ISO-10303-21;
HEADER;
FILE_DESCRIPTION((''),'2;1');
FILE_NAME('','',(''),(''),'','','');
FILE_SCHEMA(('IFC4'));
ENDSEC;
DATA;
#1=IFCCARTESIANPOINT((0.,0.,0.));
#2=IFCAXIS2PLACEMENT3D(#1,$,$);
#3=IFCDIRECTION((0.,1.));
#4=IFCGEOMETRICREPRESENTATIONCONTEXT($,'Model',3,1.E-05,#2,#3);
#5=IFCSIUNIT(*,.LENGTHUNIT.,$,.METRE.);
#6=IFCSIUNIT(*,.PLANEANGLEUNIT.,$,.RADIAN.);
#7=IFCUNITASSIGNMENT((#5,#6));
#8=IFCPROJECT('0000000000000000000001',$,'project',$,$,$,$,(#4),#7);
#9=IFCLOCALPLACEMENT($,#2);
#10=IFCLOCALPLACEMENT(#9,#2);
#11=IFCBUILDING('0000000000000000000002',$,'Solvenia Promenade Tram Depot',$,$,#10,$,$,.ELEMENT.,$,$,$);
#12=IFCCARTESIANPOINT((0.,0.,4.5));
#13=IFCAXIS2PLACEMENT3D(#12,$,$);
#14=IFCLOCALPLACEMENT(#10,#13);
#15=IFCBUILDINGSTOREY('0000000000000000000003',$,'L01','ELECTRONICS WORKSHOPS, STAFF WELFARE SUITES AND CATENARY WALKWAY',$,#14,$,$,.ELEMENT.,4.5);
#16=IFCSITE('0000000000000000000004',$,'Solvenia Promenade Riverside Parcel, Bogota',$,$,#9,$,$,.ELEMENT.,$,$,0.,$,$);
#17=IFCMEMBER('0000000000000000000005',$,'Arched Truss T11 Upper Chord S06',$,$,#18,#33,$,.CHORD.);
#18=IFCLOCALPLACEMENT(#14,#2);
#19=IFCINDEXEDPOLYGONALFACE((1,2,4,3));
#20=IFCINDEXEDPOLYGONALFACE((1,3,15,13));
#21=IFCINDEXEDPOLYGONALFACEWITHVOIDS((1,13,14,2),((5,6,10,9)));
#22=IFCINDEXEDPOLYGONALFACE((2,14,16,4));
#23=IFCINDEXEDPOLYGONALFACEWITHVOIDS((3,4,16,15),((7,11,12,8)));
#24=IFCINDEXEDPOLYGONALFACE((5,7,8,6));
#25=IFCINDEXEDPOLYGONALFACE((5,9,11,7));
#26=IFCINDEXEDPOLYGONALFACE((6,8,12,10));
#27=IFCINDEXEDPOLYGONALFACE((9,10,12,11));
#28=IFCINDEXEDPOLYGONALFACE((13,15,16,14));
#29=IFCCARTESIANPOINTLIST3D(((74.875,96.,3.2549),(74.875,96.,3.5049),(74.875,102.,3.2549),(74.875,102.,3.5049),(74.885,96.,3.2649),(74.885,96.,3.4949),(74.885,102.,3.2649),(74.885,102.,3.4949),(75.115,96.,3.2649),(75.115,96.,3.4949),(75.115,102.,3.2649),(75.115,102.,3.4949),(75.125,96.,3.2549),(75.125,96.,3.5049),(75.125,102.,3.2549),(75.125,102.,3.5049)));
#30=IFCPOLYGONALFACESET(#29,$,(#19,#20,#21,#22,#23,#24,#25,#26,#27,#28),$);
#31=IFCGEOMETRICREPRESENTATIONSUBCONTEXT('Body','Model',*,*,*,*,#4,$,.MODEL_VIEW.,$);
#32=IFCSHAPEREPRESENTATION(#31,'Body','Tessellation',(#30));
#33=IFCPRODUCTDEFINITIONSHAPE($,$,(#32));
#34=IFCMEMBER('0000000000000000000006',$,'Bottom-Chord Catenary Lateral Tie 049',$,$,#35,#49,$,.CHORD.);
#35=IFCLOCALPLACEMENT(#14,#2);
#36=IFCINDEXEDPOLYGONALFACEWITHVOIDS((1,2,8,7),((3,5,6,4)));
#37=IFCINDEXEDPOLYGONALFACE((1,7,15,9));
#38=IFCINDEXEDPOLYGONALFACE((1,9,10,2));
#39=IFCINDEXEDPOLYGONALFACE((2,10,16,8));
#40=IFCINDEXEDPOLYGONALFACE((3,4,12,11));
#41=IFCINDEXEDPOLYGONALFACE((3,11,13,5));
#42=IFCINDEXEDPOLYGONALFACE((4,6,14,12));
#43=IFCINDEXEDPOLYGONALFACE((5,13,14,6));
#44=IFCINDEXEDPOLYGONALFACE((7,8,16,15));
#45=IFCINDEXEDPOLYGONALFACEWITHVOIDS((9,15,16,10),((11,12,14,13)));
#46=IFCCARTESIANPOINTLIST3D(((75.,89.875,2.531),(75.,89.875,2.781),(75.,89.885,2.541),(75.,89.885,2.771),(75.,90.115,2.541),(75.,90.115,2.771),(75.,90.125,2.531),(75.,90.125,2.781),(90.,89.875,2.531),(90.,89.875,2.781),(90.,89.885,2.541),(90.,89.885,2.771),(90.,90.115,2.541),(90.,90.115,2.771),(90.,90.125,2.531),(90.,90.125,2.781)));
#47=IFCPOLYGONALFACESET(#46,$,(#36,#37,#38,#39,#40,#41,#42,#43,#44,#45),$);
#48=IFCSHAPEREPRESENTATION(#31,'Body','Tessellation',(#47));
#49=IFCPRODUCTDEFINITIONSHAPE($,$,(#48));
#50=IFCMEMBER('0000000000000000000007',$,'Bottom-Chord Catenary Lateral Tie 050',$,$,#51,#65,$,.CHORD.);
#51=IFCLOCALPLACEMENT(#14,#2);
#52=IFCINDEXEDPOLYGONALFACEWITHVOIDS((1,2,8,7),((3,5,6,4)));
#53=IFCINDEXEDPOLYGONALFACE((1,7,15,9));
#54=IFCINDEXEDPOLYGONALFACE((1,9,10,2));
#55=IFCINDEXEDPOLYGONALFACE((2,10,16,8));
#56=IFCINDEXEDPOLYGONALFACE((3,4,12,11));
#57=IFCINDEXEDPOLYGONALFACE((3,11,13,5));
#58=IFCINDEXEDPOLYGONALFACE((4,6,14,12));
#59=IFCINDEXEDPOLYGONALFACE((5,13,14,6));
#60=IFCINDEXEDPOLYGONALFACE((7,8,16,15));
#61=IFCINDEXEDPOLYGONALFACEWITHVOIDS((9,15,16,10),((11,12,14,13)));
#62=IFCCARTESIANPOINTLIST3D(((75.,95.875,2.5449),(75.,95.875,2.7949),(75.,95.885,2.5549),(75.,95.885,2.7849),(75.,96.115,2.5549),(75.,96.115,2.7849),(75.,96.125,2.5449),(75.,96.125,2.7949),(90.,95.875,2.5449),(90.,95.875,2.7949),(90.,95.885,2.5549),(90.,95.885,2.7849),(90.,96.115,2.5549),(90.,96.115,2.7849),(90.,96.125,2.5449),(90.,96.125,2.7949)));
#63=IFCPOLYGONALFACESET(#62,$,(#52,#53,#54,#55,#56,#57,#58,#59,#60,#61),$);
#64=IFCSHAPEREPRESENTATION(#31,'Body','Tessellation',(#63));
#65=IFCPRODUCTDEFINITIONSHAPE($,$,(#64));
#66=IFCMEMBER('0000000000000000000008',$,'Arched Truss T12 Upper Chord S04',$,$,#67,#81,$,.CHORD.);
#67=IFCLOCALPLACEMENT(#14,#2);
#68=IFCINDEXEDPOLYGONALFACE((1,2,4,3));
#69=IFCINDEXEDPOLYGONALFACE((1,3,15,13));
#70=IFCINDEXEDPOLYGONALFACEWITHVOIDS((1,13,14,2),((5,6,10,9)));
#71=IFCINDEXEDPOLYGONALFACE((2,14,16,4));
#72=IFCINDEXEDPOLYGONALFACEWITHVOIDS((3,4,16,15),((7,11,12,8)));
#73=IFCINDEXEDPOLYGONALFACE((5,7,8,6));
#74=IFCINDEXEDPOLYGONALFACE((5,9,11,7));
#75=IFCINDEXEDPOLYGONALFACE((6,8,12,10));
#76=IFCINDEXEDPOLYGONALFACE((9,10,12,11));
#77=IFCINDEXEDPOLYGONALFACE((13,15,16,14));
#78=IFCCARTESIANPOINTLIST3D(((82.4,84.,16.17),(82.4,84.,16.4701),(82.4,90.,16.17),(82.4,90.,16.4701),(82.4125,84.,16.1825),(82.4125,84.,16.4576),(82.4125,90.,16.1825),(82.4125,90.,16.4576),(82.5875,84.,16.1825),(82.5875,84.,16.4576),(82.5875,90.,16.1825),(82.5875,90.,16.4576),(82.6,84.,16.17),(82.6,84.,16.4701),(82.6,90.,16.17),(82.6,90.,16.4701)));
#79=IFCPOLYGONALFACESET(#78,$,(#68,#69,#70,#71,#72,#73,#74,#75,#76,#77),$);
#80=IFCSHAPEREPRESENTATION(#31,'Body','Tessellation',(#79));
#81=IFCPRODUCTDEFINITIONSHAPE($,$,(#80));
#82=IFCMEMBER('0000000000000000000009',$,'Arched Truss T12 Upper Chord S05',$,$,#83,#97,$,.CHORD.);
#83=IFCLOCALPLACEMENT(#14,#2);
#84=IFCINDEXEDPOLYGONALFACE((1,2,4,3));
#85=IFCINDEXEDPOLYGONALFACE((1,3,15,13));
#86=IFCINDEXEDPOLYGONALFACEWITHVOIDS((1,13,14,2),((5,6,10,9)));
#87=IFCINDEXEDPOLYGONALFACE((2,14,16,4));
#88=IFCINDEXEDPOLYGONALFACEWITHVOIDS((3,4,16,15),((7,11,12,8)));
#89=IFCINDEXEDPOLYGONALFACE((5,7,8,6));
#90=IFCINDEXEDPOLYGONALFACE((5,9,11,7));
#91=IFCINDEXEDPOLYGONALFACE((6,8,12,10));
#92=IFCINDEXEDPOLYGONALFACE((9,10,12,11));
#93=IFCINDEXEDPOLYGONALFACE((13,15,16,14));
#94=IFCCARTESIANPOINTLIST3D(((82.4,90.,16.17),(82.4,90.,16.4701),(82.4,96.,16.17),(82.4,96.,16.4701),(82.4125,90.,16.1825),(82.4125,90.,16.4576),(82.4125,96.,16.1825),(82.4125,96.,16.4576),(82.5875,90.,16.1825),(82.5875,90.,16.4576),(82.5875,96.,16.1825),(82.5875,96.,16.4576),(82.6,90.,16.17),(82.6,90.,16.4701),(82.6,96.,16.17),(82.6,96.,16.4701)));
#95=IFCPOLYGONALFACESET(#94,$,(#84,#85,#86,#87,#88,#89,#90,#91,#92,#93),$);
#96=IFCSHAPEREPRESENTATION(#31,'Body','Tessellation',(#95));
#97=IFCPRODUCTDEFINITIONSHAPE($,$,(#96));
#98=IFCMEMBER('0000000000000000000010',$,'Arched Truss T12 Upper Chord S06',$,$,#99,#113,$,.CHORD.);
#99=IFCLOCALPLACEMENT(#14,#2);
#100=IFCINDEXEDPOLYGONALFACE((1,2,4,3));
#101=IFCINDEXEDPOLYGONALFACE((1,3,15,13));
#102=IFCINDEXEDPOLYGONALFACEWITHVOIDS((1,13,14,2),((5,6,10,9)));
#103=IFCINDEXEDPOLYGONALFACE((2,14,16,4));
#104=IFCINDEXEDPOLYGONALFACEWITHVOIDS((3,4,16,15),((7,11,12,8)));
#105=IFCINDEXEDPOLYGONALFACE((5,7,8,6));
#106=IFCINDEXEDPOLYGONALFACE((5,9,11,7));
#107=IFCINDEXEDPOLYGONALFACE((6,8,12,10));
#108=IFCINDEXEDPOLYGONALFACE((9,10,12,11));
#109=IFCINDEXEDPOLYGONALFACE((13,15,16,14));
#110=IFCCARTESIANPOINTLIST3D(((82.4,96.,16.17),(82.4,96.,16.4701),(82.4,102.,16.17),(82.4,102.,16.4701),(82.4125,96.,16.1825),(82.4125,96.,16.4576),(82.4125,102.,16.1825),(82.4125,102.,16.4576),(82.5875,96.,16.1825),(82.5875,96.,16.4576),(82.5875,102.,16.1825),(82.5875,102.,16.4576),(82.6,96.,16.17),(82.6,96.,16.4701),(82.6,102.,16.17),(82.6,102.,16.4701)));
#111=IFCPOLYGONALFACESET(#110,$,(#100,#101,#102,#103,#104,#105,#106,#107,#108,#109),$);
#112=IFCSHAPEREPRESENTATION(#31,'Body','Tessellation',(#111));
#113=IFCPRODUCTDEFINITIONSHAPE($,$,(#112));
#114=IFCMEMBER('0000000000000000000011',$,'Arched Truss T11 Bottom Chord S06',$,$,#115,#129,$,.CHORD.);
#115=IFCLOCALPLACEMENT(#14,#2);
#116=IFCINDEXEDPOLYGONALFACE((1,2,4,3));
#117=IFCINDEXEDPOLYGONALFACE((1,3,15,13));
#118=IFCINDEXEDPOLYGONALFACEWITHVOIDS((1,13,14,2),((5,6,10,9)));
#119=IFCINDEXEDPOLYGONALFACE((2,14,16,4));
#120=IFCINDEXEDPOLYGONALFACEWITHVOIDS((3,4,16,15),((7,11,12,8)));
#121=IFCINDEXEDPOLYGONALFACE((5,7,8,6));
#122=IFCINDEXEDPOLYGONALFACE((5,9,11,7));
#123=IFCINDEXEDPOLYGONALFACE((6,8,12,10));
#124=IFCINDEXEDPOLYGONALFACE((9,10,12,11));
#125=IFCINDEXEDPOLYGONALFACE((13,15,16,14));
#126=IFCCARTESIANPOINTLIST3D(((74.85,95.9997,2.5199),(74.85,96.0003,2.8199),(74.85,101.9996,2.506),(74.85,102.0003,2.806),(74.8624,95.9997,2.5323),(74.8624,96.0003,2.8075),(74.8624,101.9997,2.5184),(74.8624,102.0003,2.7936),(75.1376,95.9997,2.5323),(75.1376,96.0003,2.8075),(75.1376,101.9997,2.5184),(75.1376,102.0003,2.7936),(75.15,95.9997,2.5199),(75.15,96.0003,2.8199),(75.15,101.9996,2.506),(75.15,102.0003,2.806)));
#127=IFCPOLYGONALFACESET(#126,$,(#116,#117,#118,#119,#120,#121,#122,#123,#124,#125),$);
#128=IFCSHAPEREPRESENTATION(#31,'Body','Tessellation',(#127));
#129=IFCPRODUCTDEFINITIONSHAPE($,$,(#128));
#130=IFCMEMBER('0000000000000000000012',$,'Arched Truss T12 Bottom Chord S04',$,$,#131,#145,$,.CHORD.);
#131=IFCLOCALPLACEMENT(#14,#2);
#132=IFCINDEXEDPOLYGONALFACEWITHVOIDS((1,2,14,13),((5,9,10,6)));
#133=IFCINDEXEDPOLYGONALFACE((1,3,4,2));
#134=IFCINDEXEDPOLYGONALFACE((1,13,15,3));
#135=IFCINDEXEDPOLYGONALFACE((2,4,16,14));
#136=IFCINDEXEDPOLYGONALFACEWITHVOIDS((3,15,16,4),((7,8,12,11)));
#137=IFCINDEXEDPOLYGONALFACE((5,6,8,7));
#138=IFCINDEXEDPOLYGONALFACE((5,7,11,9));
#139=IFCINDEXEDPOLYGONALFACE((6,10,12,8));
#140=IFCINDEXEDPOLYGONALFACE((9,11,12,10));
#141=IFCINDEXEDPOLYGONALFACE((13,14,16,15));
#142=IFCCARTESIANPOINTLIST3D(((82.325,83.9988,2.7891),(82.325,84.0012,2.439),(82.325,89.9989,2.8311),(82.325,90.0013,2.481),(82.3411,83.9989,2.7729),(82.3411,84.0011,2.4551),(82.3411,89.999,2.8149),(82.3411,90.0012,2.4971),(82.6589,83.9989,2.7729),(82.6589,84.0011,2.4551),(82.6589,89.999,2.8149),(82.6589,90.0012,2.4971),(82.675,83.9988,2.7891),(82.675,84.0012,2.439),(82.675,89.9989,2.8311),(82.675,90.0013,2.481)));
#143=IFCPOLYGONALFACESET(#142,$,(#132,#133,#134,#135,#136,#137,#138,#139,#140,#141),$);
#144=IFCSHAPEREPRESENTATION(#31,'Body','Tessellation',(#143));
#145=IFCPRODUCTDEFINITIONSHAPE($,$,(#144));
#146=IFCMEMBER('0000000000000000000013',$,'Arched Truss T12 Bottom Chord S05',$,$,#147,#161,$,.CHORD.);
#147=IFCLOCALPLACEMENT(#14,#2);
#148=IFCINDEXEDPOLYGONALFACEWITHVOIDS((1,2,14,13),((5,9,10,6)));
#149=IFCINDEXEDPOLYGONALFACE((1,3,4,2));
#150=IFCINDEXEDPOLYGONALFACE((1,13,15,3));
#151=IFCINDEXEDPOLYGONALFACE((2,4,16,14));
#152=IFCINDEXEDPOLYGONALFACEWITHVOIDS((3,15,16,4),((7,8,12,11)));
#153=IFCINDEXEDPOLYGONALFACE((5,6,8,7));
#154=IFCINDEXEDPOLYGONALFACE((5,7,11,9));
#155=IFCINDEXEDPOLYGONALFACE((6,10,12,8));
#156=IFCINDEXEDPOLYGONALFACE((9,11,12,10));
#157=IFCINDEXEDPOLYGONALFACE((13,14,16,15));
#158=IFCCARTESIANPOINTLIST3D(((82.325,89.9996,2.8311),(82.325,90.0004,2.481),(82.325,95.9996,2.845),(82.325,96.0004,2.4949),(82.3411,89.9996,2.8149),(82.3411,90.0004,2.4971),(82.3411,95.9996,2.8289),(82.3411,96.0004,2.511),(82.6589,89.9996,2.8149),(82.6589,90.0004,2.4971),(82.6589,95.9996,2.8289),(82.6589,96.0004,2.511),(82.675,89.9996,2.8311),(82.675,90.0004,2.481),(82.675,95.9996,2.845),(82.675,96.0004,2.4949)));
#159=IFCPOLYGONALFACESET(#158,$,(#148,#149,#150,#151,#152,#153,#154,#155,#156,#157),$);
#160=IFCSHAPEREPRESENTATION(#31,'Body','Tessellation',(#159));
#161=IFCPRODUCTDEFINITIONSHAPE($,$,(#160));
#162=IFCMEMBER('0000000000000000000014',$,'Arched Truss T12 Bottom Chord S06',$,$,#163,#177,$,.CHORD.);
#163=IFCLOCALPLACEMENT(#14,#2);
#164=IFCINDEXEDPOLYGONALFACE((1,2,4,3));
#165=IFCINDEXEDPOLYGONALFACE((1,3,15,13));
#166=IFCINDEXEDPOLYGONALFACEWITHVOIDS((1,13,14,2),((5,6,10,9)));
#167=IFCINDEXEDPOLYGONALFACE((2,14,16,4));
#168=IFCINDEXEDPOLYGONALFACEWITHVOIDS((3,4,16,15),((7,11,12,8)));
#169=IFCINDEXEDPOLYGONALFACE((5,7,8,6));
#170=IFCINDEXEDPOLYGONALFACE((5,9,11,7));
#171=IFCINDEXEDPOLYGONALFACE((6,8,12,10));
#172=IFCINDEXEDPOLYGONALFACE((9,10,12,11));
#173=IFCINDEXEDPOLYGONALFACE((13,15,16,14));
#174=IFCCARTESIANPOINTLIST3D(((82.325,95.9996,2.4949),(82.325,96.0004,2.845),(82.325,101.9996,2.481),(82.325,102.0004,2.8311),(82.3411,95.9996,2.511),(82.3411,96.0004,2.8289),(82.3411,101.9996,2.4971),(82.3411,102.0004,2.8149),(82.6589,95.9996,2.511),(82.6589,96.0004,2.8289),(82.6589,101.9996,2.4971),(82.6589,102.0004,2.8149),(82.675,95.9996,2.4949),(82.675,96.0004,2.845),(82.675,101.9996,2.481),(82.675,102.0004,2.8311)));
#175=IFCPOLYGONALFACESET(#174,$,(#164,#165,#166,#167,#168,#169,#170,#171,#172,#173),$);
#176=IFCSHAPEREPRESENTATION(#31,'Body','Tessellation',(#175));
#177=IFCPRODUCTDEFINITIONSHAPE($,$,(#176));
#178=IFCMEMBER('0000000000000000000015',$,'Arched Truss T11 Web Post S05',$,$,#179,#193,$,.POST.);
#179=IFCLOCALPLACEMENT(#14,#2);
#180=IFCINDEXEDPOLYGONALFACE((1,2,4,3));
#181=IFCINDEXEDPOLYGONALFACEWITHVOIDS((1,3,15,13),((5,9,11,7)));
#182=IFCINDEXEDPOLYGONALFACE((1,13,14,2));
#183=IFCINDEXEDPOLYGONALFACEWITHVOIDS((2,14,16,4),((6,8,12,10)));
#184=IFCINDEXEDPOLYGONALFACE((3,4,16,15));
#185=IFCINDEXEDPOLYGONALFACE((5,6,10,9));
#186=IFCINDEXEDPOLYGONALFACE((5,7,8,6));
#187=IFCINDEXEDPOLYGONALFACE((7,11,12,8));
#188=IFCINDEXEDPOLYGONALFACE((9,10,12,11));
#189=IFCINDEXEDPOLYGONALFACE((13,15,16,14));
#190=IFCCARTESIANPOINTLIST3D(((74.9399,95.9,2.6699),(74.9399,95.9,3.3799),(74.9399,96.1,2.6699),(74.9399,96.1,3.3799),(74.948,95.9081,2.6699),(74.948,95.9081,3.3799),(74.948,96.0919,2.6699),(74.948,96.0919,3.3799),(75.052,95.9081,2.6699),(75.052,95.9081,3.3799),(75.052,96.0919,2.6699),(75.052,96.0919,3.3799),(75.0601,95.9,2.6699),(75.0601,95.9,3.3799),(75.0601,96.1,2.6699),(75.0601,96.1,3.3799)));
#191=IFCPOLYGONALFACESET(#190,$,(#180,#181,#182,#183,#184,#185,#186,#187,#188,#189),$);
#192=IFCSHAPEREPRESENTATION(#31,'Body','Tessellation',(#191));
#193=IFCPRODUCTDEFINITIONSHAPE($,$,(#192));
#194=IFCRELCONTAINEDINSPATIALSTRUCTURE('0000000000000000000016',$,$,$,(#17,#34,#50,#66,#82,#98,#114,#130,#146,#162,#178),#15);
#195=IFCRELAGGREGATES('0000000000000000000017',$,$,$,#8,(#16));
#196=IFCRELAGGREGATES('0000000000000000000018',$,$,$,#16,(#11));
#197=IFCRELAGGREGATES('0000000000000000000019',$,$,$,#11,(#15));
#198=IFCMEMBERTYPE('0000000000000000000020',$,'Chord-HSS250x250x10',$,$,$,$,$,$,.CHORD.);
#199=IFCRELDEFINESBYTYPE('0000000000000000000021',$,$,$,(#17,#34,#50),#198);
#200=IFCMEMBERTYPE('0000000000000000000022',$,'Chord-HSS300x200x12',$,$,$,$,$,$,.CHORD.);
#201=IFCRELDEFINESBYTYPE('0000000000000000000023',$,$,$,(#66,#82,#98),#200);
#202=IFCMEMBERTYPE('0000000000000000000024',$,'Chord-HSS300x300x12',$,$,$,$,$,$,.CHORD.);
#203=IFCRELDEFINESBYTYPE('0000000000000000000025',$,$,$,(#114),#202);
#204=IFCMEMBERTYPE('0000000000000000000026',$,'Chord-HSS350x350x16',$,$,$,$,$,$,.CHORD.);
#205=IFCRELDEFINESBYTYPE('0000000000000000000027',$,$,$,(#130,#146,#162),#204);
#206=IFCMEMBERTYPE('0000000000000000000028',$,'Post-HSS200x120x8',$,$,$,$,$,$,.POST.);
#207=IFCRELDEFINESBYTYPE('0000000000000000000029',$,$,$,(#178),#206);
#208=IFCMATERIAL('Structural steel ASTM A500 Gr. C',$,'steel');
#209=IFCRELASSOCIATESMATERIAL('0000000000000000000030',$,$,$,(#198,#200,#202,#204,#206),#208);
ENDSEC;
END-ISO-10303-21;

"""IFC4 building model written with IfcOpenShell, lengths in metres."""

from ifc_helpers import new_model, si_unit, direction, frame, origin, origin_2d, place, context, subcontext, project, spatial, hollow_rectangle, extrude, material, material_profile, profile_set, type_object, element, save


model = new_model("IFC4")

# Units and contexts
model_context = context("Model", 3, precision=1e-05, world=origin(), true_north=direction((0.0, 1.0)))
body_context = subcontext(model_context, "Body", "Model", "MODEL_VIEW")
ifc_project = project(units=[si_unit("LENGTHUNIT", "METRE"), si_unit("PLANEANGLEUNIT", "RADIAN")], contexts=[model_context])

# Site, building, storey
site_placement = place(None, origin())
site = spatial("IfcSite", under=ifc_project, at=site_placement, Name="Solvenia Promenade Riverside Parcel, Bogota", CompositionType="ELEMENT", RefElevation=0.0)
building_placement = place(site_placement, origin())
building = spatial("IfcBuilding", under=site, at=building_placement, Name="Solvenia Promenade Tram Depot", CompositionType="ELEMENT")
storey_placement = place(building_placement, frame((0.0, 0.0, 4.5)))
storey = spatial("IfcBuildingStorey", under=building, at=storey_placement, Name="L01", Description="ELECTRONICS WORKSHOPS, STAFF WELFARE SUITES AND CATENARY WALKWAY", CompositionType="ELEMENT", Elevation=4.5)

# Members
ifc_material_1 = material(Name="Structural steel ASTM A500 Gr. C", Category="steel")
ifc_material_profile_1 = material_profile(ifc_material_1, hollow_rectangle(XDim=0.25, YDim=0.25, WallThickness=0.01, at=origin_2d()), Name="HSS250x250x10", Category="steel")
ifc_profile_set_1 = profile_set([ifc_material_profile_1], Name="Structural steel ASTM A500 Gr. C")
member_type_1 = type_object("IfcMemberType", Name="Chord-HSS250x250x10", PredefinedType="CHORD", material=ifc_profile_set_1)
member_1_placement = place(storey_placement, frame((75.0, 96.0, 3.3799), z_axis=(0.0, 1.0, 0.0), x_axis=(-1.0, 0.0, 0.0)))
element("IfcMember", 1, at=member_1_placement, inside=storey, type_object=member_type_1, Name="Arched Truss T11 Upper Chord S06", PredefinedType="CHORD", context=body_context, shape_type="SweptSolid", body=[
    extrude(hollow_rectangle(XDim=0.25, YDim=0.25, WallThickness=0.01, at=origin_2d()), origin(), (0.0, 0.0, 1.0), 6.0),
])
for number, where, z_axis, x_axis, name in (
    (2, (75.0, 90.0, 2.656), (1.0, 0.0, 0.0), (0.0, 1.0, 0.0), "Bottom-Chord Catenary Lateral Tie 049"),
    (3, (75.0, 96.0, 2.6699), (1.0, 0.0, 0.0), (0.0, 1.0, 0.0), "Bottom-Chord Catenary Lateral Tie 050"),
):
    element("IfcMember", number, at=place(storey_placement, frame(where, z_axis=z_axis, x_axis=x_axis)), inside=storey, type_object=member_type_1, Name=name, PredefinedType="CHORD", context=body_context, shape_type="SweptSolid", body=[
        extrude(hollow_rectangle(XDim=0.25, YDim=0.25, WallThickness=0.01, at=origin_2d()), origin(), (0.0, 0.0, 1.0), 15.0),
    ])
ifc_material_profile_2 = material_profile(ifc_material_1, hollow_rectangle(XDim=0.2, YDim=0.3, WallThickness=0.0125, at=origin_2d()), Name="HSS300x200x12.5", Category="steel")
ifc_profile_set_2 = profile_set([ifc_material_profile_2], Name="Structural steel ASTM A500 Gr. C")
member_type_2 = type_object("IfcMemberType", Name="Chord-HSS300x200x12", PredefinedType="CHORD", material=ifc_profile_set_2)
for number, where, z_axis, x_axis, name in (
    (4, (82.5, 84.0, 16.3201), (0.0, 1.0, 0.0), (-1.0, 0.0, 0.0), "Arched Truss T12 Upper Chord S04"),
    (5, (82.5, 90.0, 16.3201), (0.0, 1.0, 0.0), (-1.0, 0.0, 0.0), "Arched Truss T12 Upper Chord S05"),
    (6, (82.5, 96.0, 16.3201), (0.0, 1.0, 0.0), (-1.0, 0.0, 0.0), "Arched Truss T12 Upper Chord S06"),
):
    element("IfcMember", number, at=place(storey_placement, frame(where, z_axis=z_axis, x_axis=x_axis)), inside=storey, type_object=member_type_2, Name=name, PredefinedType="CHORD", context=body_context, shape_type="SweptSolid", body=[
        extrude(hollow_rectangle(XDim=0.2, YDim=0.3, WallThickness=0.0125, at=origin_2d()), origin(), (0.0, 0.0, 1.0), 6.0),
    ])
ifc_material_profile_3 = material_profile(ifc_material_1, hollow_rectangle(XDim=0.3, YDim=0.3, WallThickness=0.0125, at=origin_2d()), Name="HSS300x300x12.5", Category="steel")
ifc_profile_set_3 = profile_set([ifc_material_profile_3], Name="Structural steel ASTM A500 Gr. C")
member_type_3 = type_object("IfcMemberType", Name="Chord-HSS300x300x12", PredefinedType="CHORD", material=ifc_profile_set_3)
member_2_placement = place(storey_placement, frame((75.0, 96.0, 2.6699), z_axis=(0.0, 0.999997, -0.002319), x_axis=(-1.0, 0.0, 0.0)))
element("IfcMember", 7, at=member_2_placement, inside=storey, type_object=member_type_3, Name="Arched Truss T11 Bottom Chord S06", PredefinedType="CHORD", context=body_context, shape_type="SweptSolid", body=[
    extrude(hollow_rectangle(XDim=0.3, YDim=0.3, WallThickness=0.0125, at=origin_2d()), origin(), (0.0, 0.0, 1.0), 6.0),
])
ifc_material_profile_4 = material_profile(ifc_material_1, hollow_rectangle(XDim=0.3501, YDim=0.3501, WallThickness=0.0161, at=origin_2d()), Name="HSS350x350x16", Category="steel")
ifc_profile_set_4 = profile_set([ifc_material_profile_4], Name="Structural steel ASTM A500 Gr. C")
member_type_4 = type_object("IfcMemberType", Name="Chord-HSS350x350x16", PredefinedType="CHORD", material=ifc_profile_set_4)
member_3_placement = place(storey_placement, frame((82.5, 84.0, 2.614), z_axis=(0.0, 0.999976, 0.006999), x_axis=(-1.0, 0.0, 0.0)))
element("IfcMember", 8, at=member_3_placement, inside=storey, type_object=member_type_4, Name="Arched Truss T12 Bottom Chord S04", PredefinedType="CHORD", context=body_context, shape_type="SweptSolid", body=[
    extrude(hollow_rectangle(XDim=0.3501, YDim=0.3501, WallThickness=0.0161, at=origin_2d()), origin(), (0.0, 0.0, 1.0), 6.0002),
])
for number, where, z_axis, x_axis, name in (
    (9, (82.5, 90.0, 2.656), (0.0, 0.999997, 0.002319), (-1.0, 0.0, 0.0), "Arched Truss T12 Bottom Chord S05"),
    (10, (82.5, 96.0, 2.6699), (0.0, 0.999997, -0.002319), (-1.0, 0.0, 0.0), "Arched Truss T12 Bottom Chord S06"),
):
    element("IfcMember", number, at=place(storey_placement, frame(where, z_axis=z_axis, x_axis=x_axis)), inside=storey, type_object=member_type_4, Name=name, PredefinedType="CHORD", context=body_context, shape_type="SweptSolid", body=[
        extrude(hollow_rectangle(XDim=0.3501, YDim=0.3501, WallThickness=0.0161, at=origin_2d()), origin(), (0.0, 0.0, 1.0), 6.0),
    ])
ifc_material_profile_5 = material_profile(ifc_material_1, hollow_rectangle(XDim=0.1201, YDim=0.2, WallThickness=0.0081, at=origin_2d()), Name="HSS200x120x8", Category="steel")
ifc_profile_set_5 = profile_set([ifc_material_profile_5], Name="Structural steel ASTM A500 Gr. C")
member_type_5 = type_object("IfcMemberType", Name="Post-HSS200x120x8", PredefinedType="POST", material=ifc_profile_set_5)
member_4_placement = place(storey_placement, frame((75.0, 96.0, 2.6699), z_axis=(0.0, 0.0, 1.0), x_axis=(1.0, 0.0, 0.0)))
element("IfcMember", 11, at=member_4_placement, inside=storey, type_object=member_type_5, Name="Arched Truss T11 Web Post S05", PredefinedType="POST", context=body_context, shape_type="SweptSolid", body=[
    extrude(hollow_rectangle(XDim=0.1201, YDim=0.2, WallThickness=0.0081, at=origin_2d()), origin(), (0.0, 0.0, 1.0), 0.71),
])

save(model, "model.ifc")
